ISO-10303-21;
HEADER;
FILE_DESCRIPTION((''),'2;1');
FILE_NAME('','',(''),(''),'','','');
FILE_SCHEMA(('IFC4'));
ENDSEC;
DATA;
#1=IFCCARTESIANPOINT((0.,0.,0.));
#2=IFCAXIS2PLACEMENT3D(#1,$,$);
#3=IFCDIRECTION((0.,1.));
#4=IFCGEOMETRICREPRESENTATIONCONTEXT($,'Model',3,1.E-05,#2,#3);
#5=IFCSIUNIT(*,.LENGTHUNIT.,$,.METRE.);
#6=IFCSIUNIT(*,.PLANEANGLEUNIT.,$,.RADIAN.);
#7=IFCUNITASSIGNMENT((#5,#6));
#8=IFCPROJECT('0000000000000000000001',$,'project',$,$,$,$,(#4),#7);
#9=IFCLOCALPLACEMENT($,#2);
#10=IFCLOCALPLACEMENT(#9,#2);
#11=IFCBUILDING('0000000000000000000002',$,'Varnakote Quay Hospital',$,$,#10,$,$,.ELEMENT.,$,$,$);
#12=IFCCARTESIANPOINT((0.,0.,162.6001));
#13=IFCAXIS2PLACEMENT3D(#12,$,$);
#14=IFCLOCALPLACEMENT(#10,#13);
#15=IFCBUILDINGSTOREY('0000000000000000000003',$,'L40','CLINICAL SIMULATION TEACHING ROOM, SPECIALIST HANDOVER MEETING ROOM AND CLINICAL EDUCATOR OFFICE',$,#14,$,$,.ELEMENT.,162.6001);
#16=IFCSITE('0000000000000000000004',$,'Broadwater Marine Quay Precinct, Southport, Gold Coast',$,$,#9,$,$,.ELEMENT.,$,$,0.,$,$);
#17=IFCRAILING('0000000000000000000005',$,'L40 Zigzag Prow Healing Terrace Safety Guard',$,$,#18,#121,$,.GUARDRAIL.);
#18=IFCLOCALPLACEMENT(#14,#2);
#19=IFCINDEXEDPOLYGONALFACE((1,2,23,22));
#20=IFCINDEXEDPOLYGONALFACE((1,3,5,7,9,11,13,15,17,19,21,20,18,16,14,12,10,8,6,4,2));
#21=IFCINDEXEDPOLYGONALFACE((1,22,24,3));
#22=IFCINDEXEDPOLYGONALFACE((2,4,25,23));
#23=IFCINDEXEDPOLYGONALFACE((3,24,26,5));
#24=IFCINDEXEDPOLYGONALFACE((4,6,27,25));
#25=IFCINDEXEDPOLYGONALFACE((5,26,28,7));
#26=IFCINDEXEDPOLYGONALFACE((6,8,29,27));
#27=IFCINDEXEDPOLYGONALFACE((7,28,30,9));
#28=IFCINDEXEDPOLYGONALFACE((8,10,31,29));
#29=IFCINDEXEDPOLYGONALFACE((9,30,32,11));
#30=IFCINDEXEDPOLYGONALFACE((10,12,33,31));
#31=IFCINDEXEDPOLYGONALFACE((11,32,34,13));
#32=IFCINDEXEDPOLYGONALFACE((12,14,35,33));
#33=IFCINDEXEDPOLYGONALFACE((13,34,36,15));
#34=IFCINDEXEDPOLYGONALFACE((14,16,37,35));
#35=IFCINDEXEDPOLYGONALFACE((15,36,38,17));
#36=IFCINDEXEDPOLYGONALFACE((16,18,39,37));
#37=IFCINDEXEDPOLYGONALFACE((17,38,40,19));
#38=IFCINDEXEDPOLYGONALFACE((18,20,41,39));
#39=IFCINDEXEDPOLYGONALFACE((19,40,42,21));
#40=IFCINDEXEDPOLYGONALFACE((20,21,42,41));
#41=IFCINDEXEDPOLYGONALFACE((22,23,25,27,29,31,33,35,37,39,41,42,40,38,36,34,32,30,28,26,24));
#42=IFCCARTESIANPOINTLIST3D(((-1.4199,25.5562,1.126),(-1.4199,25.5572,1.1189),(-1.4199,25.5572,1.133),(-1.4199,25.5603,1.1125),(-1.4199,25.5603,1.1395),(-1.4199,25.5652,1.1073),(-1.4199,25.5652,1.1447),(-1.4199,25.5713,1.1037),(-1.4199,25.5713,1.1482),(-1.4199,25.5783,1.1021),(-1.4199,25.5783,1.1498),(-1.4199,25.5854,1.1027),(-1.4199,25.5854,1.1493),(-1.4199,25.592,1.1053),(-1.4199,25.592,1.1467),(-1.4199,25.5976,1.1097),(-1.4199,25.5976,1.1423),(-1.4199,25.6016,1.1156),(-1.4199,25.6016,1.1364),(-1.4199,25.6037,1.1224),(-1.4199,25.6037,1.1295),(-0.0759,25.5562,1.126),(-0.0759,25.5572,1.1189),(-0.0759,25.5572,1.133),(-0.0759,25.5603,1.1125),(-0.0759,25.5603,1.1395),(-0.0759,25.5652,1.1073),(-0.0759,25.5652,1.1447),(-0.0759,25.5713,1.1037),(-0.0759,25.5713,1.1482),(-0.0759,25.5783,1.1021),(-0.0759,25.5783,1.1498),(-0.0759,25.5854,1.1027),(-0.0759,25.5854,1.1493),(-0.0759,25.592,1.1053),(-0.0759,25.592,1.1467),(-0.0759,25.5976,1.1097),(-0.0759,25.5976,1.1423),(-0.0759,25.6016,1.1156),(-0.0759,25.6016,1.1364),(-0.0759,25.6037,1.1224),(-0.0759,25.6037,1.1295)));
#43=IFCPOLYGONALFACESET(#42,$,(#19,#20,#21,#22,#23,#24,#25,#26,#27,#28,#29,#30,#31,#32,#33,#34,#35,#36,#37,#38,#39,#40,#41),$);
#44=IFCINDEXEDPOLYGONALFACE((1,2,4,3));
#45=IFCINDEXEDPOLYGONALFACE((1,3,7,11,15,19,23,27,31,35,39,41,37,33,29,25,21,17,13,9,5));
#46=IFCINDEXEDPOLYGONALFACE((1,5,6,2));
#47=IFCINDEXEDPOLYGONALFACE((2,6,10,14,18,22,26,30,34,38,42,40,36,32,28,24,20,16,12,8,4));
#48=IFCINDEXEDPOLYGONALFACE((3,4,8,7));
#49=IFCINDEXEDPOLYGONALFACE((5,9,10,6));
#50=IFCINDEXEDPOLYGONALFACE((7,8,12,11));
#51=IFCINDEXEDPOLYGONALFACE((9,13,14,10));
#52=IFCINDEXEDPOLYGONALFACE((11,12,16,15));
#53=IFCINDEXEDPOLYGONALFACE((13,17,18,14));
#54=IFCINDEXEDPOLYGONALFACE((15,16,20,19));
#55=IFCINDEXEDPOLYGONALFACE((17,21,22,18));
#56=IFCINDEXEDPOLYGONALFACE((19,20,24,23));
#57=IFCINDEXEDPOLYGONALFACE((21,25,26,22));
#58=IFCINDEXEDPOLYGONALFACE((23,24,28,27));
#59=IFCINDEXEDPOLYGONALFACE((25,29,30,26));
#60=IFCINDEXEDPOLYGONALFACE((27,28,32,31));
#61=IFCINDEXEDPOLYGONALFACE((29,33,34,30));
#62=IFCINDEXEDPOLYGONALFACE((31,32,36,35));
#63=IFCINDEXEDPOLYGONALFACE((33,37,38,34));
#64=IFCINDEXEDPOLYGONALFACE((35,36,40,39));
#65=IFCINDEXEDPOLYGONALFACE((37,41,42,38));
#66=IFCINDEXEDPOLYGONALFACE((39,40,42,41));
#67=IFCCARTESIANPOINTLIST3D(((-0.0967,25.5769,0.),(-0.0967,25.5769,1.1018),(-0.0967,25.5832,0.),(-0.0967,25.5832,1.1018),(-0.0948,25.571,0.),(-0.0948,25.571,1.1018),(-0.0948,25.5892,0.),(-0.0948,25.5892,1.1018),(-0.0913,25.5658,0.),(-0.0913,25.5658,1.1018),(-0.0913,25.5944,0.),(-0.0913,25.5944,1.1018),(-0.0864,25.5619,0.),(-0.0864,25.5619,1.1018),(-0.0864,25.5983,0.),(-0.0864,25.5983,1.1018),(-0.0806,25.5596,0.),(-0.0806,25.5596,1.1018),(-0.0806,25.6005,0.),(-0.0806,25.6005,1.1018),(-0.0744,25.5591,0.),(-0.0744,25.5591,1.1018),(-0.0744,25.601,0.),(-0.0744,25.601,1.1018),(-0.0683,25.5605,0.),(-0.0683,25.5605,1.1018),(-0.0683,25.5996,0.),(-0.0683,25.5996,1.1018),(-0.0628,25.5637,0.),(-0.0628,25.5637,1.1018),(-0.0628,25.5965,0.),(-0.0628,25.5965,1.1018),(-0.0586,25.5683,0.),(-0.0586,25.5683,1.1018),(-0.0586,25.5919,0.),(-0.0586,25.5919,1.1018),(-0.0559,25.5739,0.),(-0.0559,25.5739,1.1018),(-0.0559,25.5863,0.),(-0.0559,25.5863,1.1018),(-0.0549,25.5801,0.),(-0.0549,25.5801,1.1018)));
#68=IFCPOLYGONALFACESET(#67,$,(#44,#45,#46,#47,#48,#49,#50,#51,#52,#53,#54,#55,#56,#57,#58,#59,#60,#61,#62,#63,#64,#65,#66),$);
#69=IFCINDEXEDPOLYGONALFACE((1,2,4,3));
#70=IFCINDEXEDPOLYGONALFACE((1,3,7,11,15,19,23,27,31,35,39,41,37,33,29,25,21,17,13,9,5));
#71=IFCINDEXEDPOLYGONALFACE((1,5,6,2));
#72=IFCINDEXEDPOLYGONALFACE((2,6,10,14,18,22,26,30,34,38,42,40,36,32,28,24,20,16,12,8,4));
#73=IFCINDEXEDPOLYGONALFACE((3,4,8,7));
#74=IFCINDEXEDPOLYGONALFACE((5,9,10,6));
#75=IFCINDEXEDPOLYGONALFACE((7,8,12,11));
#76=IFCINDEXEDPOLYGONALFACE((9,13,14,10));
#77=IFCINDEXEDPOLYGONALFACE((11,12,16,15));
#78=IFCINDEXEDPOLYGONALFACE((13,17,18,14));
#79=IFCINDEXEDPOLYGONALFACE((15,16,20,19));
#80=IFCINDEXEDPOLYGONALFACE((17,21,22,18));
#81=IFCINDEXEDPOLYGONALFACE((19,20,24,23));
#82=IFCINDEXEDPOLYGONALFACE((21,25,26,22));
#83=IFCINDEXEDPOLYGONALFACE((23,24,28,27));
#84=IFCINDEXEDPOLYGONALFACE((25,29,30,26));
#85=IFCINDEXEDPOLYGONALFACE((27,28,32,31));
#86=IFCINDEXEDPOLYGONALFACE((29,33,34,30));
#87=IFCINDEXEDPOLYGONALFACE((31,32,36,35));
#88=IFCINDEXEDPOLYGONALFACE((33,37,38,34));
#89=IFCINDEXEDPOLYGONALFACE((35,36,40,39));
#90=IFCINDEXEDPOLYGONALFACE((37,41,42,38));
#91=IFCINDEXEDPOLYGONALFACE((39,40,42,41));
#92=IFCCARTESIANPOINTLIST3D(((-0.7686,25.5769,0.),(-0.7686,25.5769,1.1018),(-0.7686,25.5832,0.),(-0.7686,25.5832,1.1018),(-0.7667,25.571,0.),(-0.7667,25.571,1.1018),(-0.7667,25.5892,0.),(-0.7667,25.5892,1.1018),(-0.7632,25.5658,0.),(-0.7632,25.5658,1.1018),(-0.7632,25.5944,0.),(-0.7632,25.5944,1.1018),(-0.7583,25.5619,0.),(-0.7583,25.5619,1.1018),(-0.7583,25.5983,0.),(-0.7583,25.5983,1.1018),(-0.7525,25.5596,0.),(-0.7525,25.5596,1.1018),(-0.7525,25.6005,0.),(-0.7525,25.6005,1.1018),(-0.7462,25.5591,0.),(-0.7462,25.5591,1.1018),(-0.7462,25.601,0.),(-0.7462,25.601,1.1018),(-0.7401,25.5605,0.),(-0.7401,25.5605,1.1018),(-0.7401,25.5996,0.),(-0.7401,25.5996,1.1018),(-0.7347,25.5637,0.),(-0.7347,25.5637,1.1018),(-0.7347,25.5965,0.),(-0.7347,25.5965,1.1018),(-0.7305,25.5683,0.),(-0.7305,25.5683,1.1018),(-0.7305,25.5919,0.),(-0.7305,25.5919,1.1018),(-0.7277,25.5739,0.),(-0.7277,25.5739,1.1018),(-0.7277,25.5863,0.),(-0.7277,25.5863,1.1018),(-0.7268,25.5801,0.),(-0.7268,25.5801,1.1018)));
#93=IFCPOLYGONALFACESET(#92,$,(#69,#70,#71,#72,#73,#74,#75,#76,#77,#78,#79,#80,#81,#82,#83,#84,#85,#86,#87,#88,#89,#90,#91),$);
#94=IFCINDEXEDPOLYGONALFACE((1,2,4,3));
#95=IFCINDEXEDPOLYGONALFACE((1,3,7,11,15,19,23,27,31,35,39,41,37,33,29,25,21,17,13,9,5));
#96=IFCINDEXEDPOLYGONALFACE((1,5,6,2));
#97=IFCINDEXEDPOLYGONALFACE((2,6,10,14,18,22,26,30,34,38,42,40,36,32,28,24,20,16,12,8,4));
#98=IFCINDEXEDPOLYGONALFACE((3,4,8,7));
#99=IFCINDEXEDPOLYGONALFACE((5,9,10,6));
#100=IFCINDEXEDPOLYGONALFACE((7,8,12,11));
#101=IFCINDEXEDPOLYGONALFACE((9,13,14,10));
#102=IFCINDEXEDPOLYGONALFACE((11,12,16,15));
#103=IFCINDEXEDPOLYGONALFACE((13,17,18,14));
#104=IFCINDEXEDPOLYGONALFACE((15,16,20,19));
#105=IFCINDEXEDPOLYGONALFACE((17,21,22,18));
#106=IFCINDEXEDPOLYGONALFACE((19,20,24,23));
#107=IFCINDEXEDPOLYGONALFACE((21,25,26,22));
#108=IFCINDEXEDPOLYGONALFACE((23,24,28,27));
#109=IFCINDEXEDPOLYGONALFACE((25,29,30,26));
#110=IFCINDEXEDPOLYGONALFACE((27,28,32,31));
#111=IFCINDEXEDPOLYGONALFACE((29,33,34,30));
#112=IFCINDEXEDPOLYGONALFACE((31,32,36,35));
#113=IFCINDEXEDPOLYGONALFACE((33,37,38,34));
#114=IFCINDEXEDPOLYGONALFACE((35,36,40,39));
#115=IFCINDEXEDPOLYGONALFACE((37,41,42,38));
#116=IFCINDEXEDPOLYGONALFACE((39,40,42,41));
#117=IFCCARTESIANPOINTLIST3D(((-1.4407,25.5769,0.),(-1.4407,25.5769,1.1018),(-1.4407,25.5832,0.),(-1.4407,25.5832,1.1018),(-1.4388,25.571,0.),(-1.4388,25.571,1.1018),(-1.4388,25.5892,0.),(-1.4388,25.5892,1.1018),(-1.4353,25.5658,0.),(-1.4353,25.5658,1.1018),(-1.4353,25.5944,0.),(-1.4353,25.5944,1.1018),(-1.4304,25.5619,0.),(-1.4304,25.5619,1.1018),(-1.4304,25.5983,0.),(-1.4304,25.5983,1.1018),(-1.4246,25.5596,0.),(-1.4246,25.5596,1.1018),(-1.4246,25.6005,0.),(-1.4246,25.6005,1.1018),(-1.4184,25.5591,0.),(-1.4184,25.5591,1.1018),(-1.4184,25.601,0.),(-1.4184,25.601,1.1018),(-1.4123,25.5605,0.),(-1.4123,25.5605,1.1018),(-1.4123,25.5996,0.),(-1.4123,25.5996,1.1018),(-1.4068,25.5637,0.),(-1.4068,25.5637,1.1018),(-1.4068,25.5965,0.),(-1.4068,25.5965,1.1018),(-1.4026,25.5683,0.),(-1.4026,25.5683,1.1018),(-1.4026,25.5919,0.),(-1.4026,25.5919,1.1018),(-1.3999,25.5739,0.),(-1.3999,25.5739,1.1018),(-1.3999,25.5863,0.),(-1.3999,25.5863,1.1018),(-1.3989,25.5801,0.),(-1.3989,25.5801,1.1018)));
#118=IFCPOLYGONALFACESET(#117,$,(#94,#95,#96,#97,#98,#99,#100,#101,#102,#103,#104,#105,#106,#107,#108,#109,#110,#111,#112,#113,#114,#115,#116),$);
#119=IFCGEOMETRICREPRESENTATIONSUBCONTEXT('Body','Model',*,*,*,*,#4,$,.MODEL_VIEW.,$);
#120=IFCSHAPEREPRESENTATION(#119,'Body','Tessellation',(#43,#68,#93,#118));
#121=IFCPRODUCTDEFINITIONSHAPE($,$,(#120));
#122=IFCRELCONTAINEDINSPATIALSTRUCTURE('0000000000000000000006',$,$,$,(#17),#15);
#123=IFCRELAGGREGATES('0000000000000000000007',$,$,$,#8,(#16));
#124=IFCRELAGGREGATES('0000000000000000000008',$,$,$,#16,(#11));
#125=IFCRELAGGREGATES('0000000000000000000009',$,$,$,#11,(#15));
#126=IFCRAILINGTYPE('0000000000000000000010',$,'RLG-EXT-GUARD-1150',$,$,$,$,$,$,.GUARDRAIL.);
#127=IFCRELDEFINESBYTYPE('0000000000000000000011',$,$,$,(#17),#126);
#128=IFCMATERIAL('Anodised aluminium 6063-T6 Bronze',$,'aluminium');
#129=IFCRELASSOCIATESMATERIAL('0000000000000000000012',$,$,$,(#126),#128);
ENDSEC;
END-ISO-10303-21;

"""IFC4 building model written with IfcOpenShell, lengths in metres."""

from ifc_helpers import new_model, si_unit, direction, frame, origin, origin_2d, place, context, subcontext, project, spatial, circle, extrude, material, type_object, element, save


model = new_model("IFC4")

# Units and contexts
model_context = context("Model", 3, precision=1e-05, world=origin(), true_north=direction((0.0, 1.0)))
body_context = subcontext(model_context, "Body", "Model", "MODEL_VIEW")
ifc_project = project(units=[si_unit("LENGTHUNIT", "METRE"), si_unit("PLANEANGLEUNIT", "RADIAN")], contexts=[model_context])

# Site, building, storey
site_placement = place(None, origin())
site = spatial("IfcSite", under=ifc_project, at=site_placement, Name="Broadwater Marine Quay Precinct, Southport, Gold Coast", CompositionType="ELEMENT", RefElevation=0.0)
building_placement = place(site_placement, origin())
building = spatial("IfcBuilding", under=site, at=building_placement, Name="Varnakote Quay Hospital", CompositionType="ELEMENT")
storey_placement = place(building_placement, frame((0.0, 0.0, 162.6001)))
storey = spatial("IfcBuildingStorey", under=building, at=storey_placement, Name="L40", Description="CLINICAL SIMULATION TEACHING ROOM, SPECIALIST HANDOVER MEETING ROOM AND CLINICAL EDUCATOR OFFICE", CompositionType="ELEMENT", Elevation=162.6001)

# Railing
ifc_material_1 = material(Name="Anodised aluminium 6063-T6 Bronze", Category="aluminium")
railing_type = type_object("IfcRailingType", Name="RLG-EXT-GUARD-1150", PredefinedType="GUARDRAIL", material=ifc_material_1)
railing_1_placement = place(storey_placement, frame((-0.0759, 25.5801, 0.0)))
element("IfcRailing", 1, at=railing_1_placement, inside=storey, type_object=railing_type, Name="L40 Zigzag Prow Healing Terrace Safety Guard", PredefinedType="GUARDRAIL", context=body_context, shape_type="SweptSolid", body=[
    extrude(circle(Radius=0.0239, at=origin_2d()), frame((0.0, 0.0, 1.126), z_axis=(-1.0, 0.0, 0.0), x_axis=(0.0, -1.0, 0.0)), (0.0, 0.0, 1.0), 1.344),
    extrude(circle(Radius=0.021, at=origin_2d()), origin(), (0.0, 0.0, 1.0), 1.1018),
    extrude(circle(Radius=0.021, at=origin_2d()), frame((-0.6719, 0.0, 0.0)), (0.0, 0.0, 1.0), 1.1018),
    extrude(circle(Radius=0.021, at=origin_2d()), frame((-1.344, 0.0, 0.0)), (0.0, 0.0, 1.0), 1.1018),
])

save(model, "model.ifc")
